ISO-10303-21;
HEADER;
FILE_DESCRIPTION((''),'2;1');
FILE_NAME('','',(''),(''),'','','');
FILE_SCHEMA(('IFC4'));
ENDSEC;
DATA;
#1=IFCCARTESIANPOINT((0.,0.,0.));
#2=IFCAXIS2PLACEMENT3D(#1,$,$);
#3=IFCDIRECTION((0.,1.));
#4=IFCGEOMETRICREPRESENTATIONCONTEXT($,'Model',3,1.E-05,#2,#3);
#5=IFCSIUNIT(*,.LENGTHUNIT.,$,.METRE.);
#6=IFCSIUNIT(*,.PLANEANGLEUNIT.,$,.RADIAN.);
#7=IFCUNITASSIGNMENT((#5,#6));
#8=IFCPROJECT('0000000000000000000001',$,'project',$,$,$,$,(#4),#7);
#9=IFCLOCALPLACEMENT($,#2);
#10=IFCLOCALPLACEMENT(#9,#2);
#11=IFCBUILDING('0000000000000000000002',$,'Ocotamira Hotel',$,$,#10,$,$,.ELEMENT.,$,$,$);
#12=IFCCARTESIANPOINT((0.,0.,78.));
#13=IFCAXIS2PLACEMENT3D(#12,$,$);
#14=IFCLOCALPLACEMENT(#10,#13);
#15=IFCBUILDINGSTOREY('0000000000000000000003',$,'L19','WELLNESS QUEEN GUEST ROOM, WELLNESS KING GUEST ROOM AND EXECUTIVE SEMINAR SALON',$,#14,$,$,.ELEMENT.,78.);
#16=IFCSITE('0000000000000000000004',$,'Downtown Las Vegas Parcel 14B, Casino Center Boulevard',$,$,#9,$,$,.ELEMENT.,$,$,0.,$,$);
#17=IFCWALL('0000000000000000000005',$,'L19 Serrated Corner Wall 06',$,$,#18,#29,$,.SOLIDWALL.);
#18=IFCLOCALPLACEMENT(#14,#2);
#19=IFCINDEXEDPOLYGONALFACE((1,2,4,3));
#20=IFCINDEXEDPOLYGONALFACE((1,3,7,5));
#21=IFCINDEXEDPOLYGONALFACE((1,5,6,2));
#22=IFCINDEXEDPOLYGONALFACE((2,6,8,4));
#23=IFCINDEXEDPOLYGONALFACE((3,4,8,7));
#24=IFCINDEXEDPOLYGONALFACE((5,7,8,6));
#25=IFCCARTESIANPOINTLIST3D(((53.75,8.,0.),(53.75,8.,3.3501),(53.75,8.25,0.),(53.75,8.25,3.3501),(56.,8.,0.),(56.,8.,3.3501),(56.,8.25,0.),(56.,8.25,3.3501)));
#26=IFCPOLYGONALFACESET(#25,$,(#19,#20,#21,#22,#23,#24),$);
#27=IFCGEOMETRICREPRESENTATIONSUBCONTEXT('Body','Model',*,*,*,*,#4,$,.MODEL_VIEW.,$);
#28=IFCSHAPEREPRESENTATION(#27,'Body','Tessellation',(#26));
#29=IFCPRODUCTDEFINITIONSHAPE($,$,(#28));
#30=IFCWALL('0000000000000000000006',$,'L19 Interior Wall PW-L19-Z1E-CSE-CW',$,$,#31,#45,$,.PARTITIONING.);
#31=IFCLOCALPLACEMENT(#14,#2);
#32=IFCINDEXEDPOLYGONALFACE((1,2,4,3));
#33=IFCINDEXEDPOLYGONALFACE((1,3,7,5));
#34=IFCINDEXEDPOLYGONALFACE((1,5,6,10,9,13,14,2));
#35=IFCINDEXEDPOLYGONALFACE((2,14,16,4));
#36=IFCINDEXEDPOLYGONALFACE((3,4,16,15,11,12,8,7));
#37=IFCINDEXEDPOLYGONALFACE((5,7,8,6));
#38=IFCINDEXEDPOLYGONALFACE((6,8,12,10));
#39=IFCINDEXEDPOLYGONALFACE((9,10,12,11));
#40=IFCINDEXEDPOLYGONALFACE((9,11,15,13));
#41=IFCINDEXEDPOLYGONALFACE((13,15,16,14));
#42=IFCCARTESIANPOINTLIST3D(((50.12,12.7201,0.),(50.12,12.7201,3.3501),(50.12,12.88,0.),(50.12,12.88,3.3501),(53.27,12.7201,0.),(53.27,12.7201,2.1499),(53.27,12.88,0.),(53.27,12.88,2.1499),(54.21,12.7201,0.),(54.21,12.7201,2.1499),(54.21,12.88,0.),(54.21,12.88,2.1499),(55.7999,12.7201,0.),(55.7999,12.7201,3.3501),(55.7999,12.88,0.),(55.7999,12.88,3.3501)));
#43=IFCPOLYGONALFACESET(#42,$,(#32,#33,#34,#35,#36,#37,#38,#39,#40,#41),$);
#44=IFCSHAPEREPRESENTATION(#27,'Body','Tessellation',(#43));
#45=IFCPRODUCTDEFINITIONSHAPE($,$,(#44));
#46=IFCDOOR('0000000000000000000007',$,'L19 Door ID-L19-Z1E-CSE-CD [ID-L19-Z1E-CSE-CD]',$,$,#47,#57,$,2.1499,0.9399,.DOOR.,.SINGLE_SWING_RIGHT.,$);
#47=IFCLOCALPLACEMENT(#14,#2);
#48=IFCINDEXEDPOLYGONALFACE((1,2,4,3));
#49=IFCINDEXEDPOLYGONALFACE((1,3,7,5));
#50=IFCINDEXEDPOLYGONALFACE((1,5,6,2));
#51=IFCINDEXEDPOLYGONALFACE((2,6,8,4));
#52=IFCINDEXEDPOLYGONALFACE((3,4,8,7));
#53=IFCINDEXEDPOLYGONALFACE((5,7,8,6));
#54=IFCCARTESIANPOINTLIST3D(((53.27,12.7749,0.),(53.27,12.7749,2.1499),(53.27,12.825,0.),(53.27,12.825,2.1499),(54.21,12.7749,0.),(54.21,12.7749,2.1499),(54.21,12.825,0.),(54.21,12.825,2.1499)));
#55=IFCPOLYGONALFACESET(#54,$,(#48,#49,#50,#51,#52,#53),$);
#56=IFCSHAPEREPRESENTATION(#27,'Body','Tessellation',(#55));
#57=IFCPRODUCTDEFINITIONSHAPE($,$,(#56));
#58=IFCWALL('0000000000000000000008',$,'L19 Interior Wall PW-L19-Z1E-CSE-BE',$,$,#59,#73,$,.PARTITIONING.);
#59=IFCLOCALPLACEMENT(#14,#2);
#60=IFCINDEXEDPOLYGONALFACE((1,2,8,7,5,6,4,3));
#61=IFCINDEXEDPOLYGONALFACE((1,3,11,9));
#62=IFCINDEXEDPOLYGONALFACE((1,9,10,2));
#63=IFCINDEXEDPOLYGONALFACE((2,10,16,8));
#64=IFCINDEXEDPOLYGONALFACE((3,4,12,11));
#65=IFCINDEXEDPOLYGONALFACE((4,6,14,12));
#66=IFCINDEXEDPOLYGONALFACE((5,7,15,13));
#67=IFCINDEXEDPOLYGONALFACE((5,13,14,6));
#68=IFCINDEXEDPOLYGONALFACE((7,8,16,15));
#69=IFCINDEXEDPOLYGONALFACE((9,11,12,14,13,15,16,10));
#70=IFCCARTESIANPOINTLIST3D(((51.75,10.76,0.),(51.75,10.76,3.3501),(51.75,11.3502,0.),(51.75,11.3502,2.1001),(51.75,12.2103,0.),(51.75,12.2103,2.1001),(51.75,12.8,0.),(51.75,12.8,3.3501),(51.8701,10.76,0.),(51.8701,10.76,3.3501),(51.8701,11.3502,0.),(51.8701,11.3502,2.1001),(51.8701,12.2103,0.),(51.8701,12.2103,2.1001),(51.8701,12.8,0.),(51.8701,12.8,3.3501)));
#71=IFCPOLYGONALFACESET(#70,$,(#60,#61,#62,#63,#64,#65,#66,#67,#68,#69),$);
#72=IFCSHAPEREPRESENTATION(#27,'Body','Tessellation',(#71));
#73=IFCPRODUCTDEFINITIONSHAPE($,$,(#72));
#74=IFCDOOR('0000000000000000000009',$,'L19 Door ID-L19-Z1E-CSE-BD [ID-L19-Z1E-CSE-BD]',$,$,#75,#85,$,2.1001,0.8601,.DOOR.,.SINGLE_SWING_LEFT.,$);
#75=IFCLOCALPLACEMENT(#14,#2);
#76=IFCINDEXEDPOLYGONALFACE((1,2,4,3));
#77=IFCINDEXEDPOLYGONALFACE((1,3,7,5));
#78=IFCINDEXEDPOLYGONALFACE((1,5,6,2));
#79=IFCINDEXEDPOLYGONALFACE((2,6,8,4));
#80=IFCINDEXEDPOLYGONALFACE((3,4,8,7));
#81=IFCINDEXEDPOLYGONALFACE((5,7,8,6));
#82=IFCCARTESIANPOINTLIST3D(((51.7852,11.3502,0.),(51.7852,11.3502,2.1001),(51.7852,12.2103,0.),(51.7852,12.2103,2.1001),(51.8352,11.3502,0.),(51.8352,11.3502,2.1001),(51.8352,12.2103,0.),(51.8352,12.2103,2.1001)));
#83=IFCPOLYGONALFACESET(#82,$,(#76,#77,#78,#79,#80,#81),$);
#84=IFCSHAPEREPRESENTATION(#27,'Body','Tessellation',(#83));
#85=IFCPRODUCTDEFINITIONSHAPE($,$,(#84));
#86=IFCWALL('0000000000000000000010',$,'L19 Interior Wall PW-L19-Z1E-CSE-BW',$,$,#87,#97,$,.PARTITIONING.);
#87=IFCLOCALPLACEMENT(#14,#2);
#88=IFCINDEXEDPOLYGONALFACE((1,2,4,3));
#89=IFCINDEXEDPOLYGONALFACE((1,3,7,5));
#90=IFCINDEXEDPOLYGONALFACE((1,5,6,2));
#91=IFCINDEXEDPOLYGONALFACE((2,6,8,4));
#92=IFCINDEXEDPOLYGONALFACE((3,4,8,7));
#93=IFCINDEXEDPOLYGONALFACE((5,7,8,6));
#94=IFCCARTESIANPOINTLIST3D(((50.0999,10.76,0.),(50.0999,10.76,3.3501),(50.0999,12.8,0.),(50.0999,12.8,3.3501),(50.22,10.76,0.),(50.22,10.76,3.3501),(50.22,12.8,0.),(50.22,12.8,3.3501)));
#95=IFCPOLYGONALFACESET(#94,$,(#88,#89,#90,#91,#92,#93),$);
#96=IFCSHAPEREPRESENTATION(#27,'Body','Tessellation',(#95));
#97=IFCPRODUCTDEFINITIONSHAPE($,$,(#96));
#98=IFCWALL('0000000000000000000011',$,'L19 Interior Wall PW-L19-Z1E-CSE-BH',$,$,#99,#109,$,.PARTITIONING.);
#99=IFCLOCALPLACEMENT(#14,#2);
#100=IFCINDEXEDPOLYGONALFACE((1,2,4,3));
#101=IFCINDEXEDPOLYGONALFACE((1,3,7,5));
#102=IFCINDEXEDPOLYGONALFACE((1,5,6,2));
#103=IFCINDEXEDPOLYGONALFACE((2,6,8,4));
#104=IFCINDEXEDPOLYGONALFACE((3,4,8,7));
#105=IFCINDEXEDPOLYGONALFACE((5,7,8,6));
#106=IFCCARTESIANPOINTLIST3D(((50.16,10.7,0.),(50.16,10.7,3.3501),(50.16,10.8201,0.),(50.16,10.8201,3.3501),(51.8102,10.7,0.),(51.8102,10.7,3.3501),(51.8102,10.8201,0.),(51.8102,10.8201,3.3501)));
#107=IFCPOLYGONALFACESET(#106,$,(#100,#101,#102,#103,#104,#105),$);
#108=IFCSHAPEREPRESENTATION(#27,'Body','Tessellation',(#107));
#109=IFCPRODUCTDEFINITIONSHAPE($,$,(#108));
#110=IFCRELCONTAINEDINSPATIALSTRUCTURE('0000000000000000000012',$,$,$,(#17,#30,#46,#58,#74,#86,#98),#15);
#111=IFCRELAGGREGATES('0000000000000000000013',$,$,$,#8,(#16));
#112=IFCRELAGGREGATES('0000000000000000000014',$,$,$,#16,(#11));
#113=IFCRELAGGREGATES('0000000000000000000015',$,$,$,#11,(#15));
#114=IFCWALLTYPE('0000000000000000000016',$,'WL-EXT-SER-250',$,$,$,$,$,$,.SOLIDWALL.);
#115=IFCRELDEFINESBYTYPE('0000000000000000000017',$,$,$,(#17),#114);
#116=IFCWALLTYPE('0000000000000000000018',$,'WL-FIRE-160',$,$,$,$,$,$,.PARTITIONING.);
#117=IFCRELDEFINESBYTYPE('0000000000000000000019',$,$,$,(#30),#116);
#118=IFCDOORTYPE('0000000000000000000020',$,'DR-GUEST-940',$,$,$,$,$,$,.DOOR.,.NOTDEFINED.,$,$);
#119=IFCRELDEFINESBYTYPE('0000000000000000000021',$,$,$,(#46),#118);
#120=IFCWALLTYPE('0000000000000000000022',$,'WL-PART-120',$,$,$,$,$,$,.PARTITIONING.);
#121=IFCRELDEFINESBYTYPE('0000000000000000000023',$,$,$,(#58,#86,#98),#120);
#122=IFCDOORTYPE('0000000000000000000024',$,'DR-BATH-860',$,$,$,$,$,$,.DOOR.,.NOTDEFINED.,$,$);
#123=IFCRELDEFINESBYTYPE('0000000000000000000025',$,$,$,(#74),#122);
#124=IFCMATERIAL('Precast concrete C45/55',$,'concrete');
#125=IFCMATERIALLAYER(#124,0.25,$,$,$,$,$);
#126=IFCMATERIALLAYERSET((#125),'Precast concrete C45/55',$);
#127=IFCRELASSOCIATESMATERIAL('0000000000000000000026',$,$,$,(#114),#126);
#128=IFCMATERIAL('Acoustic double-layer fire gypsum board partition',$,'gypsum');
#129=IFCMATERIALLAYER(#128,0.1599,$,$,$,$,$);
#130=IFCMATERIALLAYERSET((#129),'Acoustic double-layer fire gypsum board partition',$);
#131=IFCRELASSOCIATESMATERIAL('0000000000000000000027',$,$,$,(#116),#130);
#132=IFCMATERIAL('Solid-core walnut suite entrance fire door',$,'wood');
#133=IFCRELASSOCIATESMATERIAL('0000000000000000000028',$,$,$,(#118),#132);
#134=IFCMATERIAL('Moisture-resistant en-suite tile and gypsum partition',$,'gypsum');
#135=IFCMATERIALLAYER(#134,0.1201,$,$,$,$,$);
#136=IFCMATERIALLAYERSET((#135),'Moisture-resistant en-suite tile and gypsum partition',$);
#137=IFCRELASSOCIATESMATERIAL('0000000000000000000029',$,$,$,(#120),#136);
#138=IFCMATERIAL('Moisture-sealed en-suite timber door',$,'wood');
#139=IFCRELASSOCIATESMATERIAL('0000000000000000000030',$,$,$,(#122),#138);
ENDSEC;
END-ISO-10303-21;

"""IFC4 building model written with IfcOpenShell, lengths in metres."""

from ifc_helpers import new_model, si_unit, direction, frame, frame_2d, origin, place, context, subcontext, project, spatial, rectangle, extrude, source, transform, mapped, material, layer, layer_set, type_object, element, fill, save


model = new_model("IFC4")

# Units and contexts
model_context = context("Model", 3, precision=1e-05, world=origin(), true_north=direction((0.0, 1.0)))
body_context = subcontext(model_context, "Body", "Model", "MODEL_VIEW")
ifc_project = project(units=[si_unit("LENGTHUNIT", "METRE"), si_unit("PLANEANGLEUNIT", "RADIAN")], contexts=[model_context])

# Site, building, storey
site_placement = place(None, origin())
site = spatial("IfcSite", under=ifc_project, at=site_placement, Name="Downtown Las Vegas Parcel 14B, Casino Center Boulevard", CompositionType="ELEMENT", RefElevation=0.0)
building_placement = place(site_placement, origin())
building = spatial("IfcBuilding", under=site, at=building_placement, Name="Ocotamira Hotel", CompositionType="ELEMENT")
storey_placement = place(building_placement, frame((0.0, 0.0, 78.0)))
storey = spatial("IfcBuildingStorey", under=building, at=storey_placement, Name="L19", Description="WELLNESS QUEEN GUEST ROOM, WELLNESS KING GUEST ROOM AND EXECUTIVE SEMINAR SALON", CompositionType="ELEMENT", Elevation=78.0)

# Wall
ifc_material_1 = material(Name="Precast concrete C45/55", Category="concrete")
ifc_layer_1 = layer(ifc_material_1, 0.25)
ifc_layer_set_1 = layer_set([ifc_layer_1], Name="Precast concrete C45/55")
wall_type_1 = type_object("IfcWallType", Name="WL-EXT-SER-250", PredefinedType="SOLIDWALL", material=ifc_layer_set_1)
wall_1_placement = place(storey_placement, frame((53.75, 8.125, 0.0), z_axis=(0.0, 0.0, 1.0), x_axis=(1.0, 0.0, 0.0)))
element("IfcWall", 1, at=wall_1_placement, inside=storey, type_object=wall_type_1, Name="L19 Serrated Corner Wall 06", PredefinedType="SOLIDWALL", context=body_context, shape_type="SweptSolid", body=[
    extrude(rectangle(XDim=2.25, YDim=0.25, at=frame_2d((1.125, 0.0))), origin(), (0.0, 0.0, 1.0), 3.3501),
])

# Walls, openings, doors
ifc_material_2 = material(Name="Acoustic double-layer fire gypsum board partition", Category="gypsum")
ifc_layer_2 = layer(ifc_material_2, 0.1599)
ifc_layer_set_2 = layer_set([ifc_layer_2], Name="Acoustic double-layer fire gypsum board partition")
wall_type_2 = type_object("IfcWallType", Name="WL-FIRE-160", PredefinedType="PARTITIONING", material=ifc_layer_set_2)
wall_2_placement = place(storey_placement, frame((50.1201, 12.8, 0.0), z_axis=(0.0, 0.0, 1.0), x_axis=(1.0, 0.0, 0.0)))
wall_2 = element("IfcWall", 2, at=wall_2_placement, inside=storey, type_object=wall_type_2, Name="L19 Interior Wall PW-L19-Z1E-CSE-CW", PredefinedType="PARTITIONING", context=body_context, shape_type="SweptSolid", body=[
    extrude(rectangle(XDim=5.6799, YDim=0.1599, at=frame_2d((2.8398, 0.0))), origin(), (0.0, 0.0, 1.0), 3.3501),
])
opening_1_placement = place(wall_2_placement, frame((3.1499, 0.0, 0.0)))
opening_1 = element("IfcOpeningElement", 3, at=opening_1_placement, cuts=wall_2, PredefinedType="OPENING", context=body_context, shape_type="SweptSolid", body=[
    extrude(rectangle(XDim=0.9399, YDim=2.1499, at=frame_2d((0.47, 1.075))), frame((0.0, 0.0898, 0.0), z_axis=(0.0, -1.0, 0.0), x_axis=(1.0, 0.0, 0.0)), (0.0, 0.0, 1.0), 0.1799),
])
ifc_material_3 = material(Name="Solid-core walnut suite entrance fire door", Category="wood")
door_type_1 = type_object("IfcDoorType", Name="DR-GUEST-940", OperationType="NOTDEFINED", PredefinedType="DOOR", material=ifc_material_3)
shared_shape_1 = source(origin(), body_context, "Body", "SweptSolid", [
    extrude(rectangle(XDim=0.9399, YDim=2.1499, at=frame_2d((0.47, 1.075))), frame((0.0, 0.0249, 0.0), z_axis=(0.0, -1.0, 0.0), x_axis=(1.0, 0.0, 0.0)), (0.0, 0.0, 1.0), 0.05),
])
door_1_placement = place(opening_1_placement, origin())
door_1 = element("IfcDoor", 4, at=door_1_placement, inside=storey, type_object=door_type_1, Name="L19 Door ID-L19-Z1E-CSE-CD [ID-L19-Z1E-CSE-CD]", OperationType="SINGLE_SWING_RIGHT", OverallHeight=2.1499, OverallWidth=0.9399, PredefinedType="DOOR", context=body_context, shape_type="MappedRepresentation", body=[
    mapped(shared_shape_1, transform((0.0, 0.0, 0.0), scale=1.0)),
])
fill(opening_1, door_1)
ifc_material_4 = material(Name="Moisture-resistant en-suite tile and gypsum partition", Category="gypsum")
ifc_layer_3 = layer(ifc_material_4, 0.1201)
ifc_layer_set_3 = layer_set([ifc_layer_3], Name="Moisture-resistant en-suite tile and gypsum partition")
wall_type_3 = type_object("IfcWallType", Name="WL-PART-120", PredefinedType="PARTITIONING", material=ifc_layer_set_3)
wall_3_placement = place(storey_placement, frame((51.8101, 10.76, 0.0), z_axis=(0.0, 0.0, 1.0), x_axis=(0.0, 1.0, 0.0)))
wall_3 = element("IfcWall", 5, at=wall_3_placement, inside=storey, type_object=wall_type_3, Name="L19 Interior Wall PW-L19-Z1E-CSE-BE", PredefinedType="PARTITIONING", context=body_context, shape_type="SweptSolid", body=[
    extrude(rectangle(XDim=2.04, YDim=0.1201, at=frame_2d((1.02, 0.0))), origin(), (0.0, 0.0, 1.0), 3.3501),
])
opening_2_placement = place(wall_3_placement, frame((0.5901, 0.0, 0.0)))
opening_2 = element("IfcOpeningElement", 6, at=opening_2_placement, cuts=wall_3, PredefinedType="OPENING", context=body_context, shape_type="SweptSolid", body=[
    extrude(rectangle(XDim=0.8601, YDim=2.1001, at=frame_2d((0.4302, 1.05))), frame((0.0, 0.0701, 0.0), z_axis=(0.0, -1.0, 0.0), x_axis=(1.0, 0.0, 0.0)), (0.0, 0.0, 1.0), 0.1401),
])
ifc_material_5 = material(Name="Moisture-sealed en-suite timber door", Category="wood")
door_type_2 = type_object("IfcDoorType", Name="DR-BATH-860", OperationType="NOTDEFINED", PredefinedType="DOOR", material=ifc_material_5)
shared_shape_2 = source(origin(), body_context, "Body", "SweptSolid", [
    extrude(rectangle(XDim=0.8601, YDim=2.1001, at=frame_2d((0.4302, 1.05))), frame((0.0, 0.0249, 0.0), z_axis=(0.0, -1.0, 0.0), x_axis=(1.0, 0.0, 0.0)), (0.0, 0.0, 1.0), 0.05),
])
door_2_placement = place(opening_2_placement, origin())
door_2 = element("IfcDoor", 7, at=door_2_placement, inside=storey, type_object=door_type_2, Name="L19 Door ID-L19-Z1E-CSE-BD [ID-L19-Z1E-CSE-BD]", OperationType="SINGLE_SWING_LEFT", OverallHeight=2.1001, OverallWidth=0.8601, PredefinedType="DOOR", context=body_context, shape_type="MappedRepresentation", body=[
    mapped(shared_shape_2, transform((0.0, 0.0, 0.0), scale=1.0)),
])
fill(opening_2, door_2)

# Walls
wall_4_placement = place(storey_placement, frame((50.1599, 10.76, 0.0), z_axis=(0.0, 0.0, 1.0), x_axis=(0.0, 1.0, 0.0)))
element("IfcWall", 8, at=wall_4_placement, inside=storey, type_object=wall_type_3, Name="L19 Interior Wall PW-L19-Z1E-CSE-BW", PredefinedType="PARTITIONING", context=body_context, shape_type="SweptSolid", body=[
    extrude(rectangle(XDim=2.04, YDim=0.1201, at=frame_2d((1.02, 0.0))), origin(), (0.0, 0.0, 1.0), 3.3501),
])
wall_5_placement = place(storey_placement, frame((50.1599, 10.76, 0.0), z_axis=(0.0, 0.0, 1.0), x_axis=(1.0, 0.0, 0.0)))
element("IfcWall", 9, at=wall_5_placement, inside=storey, type_object=wall_type_3, Name="L19 Interior Wall PW-L19-Z1E-CSE-BH", PredefinedType="PARTITIONING", context=body_context, shape_type="SweptSolid", body=[
    extrude(rectangle(XDim=1.6501, YDim=0.1201, at=frame_2d((0.8252, 0.0))), origin(), (0.0, 0.0, 1.0), 3.3501),
])

save(model, "model.ifc")
